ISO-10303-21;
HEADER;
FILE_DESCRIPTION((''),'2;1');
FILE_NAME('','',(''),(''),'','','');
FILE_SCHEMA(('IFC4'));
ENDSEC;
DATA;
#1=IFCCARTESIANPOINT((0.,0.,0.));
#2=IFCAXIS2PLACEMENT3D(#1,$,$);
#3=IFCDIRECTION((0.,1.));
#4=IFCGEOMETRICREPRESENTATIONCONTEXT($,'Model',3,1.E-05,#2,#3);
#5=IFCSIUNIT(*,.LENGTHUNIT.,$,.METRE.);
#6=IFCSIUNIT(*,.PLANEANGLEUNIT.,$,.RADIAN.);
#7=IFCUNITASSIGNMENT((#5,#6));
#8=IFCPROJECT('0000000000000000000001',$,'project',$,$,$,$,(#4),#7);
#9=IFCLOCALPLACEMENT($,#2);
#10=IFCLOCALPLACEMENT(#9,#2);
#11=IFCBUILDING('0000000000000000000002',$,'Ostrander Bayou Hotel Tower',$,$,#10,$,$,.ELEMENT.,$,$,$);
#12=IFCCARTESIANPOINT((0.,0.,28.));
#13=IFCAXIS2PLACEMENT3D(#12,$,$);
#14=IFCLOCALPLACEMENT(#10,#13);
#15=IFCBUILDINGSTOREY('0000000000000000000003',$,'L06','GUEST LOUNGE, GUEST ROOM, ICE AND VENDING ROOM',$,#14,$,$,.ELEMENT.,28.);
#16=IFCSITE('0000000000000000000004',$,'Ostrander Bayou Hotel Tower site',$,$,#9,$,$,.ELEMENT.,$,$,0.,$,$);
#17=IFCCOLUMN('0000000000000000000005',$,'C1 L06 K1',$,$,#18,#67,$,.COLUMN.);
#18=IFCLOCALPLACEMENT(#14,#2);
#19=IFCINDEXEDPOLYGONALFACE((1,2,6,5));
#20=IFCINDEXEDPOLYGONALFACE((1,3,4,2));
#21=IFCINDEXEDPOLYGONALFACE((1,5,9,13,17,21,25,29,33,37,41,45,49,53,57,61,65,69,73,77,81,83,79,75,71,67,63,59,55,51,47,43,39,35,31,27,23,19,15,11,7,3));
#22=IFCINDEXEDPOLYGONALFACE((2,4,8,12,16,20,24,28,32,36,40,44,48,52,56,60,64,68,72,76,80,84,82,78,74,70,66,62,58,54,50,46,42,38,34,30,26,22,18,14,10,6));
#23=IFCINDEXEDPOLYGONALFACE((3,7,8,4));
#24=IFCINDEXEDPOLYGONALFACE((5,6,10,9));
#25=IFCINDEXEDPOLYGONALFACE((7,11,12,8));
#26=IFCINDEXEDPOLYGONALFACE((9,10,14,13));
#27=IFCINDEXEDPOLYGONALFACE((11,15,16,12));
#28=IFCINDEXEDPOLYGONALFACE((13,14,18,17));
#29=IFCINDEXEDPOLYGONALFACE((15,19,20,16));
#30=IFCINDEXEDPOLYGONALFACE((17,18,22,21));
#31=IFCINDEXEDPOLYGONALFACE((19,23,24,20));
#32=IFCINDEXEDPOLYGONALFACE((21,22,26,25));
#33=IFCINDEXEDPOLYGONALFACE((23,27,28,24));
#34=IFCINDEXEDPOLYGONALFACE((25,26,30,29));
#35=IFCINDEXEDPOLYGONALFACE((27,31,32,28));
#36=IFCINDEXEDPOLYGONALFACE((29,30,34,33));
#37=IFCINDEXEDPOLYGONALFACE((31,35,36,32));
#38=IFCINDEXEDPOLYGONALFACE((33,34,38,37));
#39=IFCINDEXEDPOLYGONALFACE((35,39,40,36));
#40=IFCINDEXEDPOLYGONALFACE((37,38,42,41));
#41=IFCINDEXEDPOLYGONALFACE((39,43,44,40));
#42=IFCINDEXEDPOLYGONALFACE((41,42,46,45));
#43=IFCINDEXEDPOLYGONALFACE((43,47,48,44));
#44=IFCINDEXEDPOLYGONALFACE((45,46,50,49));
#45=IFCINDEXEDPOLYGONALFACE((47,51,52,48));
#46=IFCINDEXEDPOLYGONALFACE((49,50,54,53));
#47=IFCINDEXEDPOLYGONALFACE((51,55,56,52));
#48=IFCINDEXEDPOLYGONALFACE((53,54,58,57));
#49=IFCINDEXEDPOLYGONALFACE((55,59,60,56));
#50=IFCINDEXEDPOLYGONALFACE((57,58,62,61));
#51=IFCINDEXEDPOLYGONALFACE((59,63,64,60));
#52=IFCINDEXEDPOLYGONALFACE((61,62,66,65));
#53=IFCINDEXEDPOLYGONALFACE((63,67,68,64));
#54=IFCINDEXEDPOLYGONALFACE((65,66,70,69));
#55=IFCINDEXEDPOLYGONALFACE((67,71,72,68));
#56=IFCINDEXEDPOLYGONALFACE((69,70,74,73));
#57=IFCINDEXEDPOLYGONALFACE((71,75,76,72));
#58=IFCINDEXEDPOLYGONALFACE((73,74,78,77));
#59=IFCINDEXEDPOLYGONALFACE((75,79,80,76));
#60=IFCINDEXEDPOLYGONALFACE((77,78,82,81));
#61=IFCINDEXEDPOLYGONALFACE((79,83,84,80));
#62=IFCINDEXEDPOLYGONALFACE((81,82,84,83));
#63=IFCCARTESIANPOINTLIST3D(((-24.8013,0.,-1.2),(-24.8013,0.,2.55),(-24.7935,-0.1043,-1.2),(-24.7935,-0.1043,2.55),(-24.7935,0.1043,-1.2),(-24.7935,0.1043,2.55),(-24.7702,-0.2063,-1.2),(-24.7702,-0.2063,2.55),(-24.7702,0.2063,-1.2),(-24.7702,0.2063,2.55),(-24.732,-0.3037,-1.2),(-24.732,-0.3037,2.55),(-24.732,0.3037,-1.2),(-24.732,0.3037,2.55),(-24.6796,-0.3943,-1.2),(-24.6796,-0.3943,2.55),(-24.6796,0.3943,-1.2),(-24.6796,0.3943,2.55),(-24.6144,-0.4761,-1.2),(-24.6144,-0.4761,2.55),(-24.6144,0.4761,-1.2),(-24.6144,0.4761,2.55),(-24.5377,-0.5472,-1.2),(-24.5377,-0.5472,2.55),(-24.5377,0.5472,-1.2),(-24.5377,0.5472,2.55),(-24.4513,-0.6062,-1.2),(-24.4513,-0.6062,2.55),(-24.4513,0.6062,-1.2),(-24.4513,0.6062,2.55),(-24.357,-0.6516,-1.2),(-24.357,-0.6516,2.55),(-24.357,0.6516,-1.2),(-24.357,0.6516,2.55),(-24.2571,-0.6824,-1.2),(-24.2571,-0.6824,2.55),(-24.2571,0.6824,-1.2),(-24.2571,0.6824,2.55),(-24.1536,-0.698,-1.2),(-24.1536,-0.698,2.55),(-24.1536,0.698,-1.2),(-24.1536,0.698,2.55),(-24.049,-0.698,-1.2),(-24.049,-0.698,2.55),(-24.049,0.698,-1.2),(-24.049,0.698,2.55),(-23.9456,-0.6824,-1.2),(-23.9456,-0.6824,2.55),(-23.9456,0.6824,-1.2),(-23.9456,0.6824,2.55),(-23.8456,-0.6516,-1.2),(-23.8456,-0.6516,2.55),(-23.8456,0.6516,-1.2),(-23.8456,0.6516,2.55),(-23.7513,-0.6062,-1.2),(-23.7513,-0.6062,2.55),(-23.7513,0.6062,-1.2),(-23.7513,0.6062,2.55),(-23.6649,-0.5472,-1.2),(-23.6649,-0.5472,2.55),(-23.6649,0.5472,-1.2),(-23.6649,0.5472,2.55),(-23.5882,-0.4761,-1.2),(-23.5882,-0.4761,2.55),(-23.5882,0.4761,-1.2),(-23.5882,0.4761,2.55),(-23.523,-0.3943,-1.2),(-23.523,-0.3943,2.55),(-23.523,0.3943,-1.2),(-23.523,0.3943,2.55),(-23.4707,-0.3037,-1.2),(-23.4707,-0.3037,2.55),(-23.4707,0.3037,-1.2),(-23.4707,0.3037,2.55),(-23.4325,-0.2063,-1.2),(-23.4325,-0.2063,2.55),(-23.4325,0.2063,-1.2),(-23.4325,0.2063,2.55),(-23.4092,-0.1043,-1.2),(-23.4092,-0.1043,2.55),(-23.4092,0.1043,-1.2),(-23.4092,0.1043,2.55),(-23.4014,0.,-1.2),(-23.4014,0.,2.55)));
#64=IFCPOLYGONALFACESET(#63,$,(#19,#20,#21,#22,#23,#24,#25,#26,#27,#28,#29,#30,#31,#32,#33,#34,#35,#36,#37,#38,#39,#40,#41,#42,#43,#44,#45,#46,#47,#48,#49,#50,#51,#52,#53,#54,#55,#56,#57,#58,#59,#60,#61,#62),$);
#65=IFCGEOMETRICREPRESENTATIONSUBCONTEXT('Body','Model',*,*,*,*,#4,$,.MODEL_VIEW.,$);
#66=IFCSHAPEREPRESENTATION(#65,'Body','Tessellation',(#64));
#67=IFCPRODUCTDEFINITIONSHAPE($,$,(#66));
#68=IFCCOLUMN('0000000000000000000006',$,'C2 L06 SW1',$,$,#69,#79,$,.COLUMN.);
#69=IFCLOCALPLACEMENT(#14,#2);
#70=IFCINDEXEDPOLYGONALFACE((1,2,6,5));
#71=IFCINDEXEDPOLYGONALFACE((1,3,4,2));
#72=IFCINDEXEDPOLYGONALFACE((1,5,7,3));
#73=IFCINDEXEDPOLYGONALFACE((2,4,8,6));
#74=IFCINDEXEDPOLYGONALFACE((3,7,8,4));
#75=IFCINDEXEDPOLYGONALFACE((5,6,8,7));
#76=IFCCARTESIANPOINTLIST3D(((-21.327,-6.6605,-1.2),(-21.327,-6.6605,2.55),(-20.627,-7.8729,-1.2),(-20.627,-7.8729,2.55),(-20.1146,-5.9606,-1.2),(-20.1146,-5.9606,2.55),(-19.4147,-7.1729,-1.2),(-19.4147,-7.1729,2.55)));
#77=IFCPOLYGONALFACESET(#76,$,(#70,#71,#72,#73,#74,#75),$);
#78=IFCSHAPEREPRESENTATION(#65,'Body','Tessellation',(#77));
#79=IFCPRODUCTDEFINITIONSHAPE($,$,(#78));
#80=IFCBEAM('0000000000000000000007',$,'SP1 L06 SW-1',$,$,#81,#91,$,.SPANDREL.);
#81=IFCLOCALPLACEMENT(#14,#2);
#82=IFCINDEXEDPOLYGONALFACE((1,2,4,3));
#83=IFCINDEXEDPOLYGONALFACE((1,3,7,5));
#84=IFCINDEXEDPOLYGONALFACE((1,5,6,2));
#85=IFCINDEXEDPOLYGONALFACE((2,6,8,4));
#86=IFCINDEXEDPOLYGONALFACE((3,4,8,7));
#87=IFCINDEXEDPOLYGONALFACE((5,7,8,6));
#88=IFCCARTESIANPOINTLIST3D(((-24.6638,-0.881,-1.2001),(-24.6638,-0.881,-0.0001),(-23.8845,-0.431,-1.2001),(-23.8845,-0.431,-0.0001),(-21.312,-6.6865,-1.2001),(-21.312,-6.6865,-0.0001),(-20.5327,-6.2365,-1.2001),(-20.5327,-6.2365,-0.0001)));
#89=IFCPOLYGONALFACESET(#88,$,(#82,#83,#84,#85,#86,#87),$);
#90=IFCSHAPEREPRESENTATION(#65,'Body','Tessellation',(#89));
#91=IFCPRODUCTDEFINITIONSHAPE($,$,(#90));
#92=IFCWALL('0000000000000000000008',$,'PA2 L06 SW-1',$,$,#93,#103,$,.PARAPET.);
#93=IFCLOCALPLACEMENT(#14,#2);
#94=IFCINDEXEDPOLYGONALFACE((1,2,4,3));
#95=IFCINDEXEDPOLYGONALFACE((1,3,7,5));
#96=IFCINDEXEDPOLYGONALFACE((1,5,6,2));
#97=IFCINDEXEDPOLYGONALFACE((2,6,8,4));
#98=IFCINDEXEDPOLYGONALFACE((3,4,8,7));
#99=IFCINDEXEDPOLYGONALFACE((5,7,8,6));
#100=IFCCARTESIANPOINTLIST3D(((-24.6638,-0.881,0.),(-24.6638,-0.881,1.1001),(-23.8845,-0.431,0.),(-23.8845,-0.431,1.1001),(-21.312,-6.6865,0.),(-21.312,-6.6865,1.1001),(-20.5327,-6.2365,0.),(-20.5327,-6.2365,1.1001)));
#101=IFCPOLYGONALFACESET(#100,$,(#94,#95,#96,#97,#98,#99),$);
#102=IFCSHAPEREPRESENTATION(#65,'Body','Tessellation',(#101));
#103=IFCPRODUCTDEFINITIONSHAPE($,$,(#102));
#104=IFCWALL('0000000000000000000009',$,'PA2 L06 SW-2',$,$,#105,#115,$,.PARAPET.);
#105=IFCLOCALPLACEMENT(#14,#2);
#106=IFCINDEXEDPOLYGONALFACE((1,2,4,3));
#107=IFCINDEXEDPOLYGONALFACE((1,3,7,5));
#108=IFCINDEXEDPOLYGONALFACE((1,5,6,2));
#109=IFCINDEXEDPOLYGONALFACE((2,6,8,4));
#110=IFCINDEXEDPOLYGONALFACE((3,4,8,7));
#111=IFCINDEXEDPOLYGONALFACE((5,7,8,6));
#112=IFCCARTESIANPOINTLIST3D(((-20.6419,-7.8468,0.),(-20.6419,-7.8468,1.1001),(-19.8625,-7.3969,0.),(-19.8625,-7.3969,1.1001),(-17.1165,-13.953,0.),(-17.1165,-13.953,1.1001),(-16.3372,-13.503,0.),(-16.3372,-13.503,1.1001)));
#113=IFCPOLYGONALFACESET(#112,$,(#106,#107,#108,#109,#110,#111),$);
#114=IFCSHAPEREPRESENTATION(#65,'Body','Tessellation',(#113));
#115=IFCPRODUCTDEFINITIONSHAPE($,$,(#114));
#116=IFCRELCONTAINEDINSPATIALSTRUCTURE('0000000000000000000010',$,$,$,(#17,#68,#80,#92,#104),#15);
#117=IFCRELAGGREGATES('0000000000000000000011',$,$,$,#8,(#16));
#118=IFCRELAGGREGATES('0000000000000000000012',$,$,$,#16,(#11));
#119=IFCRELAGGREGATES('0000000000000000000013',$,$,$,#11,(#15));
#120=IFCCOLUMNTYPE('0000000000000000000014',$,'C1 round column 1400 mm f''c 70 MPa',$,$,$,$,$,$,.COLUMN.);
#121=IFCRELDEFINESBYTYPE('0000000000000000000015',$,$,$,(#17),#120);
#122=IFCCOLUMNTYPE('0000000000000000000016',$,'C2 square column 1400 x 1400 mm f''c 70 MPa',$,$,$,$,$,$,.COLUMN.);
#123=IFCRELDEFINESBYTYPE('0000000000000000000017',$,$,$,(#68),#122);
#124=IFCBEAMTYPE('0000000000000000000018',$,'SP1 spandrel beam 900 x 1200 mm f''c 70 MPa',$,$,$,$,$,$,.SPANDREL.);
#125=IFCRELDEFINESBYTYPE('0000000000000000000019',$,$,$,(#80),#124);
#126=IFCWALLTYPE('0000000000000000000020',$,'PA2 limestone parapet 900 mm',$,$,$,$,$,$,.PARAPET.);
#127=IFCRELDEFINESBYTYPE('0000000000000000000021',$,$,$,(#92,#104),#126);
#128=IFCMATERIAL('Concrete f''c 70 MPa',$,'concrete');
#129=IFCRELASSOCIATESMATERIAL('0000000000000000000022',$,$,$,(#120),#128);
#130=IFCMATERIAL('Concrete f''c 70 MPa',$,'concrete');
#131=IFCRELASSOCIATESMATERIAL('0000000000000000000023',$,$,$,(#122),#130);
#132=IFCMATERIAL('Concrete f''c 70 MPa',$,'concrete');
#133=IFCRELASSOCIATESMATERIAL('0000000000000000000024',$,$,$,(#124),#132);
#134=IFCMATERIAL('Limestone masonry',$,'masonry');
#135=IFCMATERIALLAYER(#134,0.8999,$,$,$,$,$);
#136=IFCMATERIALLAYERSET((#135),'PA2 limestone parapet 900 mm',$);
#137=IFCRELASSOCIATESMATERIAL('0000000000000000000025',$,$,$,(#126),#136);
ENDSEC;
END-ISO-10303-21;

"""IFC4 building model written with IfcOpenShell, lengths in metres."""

from ifc_helpers import new_model, si_unit, direction, frame, frame_2d, origin, origin_2d, place, context, subcontext, project, spatial, rectangle, circle, extrude, material, layer, layer_set, material_profile, profile_set, type_object, element, save


model = new_model("IFC4")

# Units and contexts
model_context = context("Model", 3, precision=1e-05, world=origin(), true_north=direction((0.0, 1.0)))
body_context = subcontext(model_context, "Body", "Model", "MODEL_VIEW")
ifc_project = project(units=[si_unit("LENGTHUNIT", "METRE"), si_unit("PLANEANGLEUNIT", "RADIAN")], contexts=[model_context])

# Site, building, storey
site_placement = place(None, origin())
site = spatial("IfcSite", under=ifc_project, at=site_placement, Name="Ostrander Bayou Hotel Tower site", CompositionType="ELEMENT", RefElevation=0.0)
building_placement = place(site_placement, origin())
building = spatial("IfcBuilding", under=site, at=building_placement, Name="Ostrander Bayou Hotel Tower", CompositionType="ELEMENT")
storey_placement = place(building_placement, frame((0.0, 0.0, 28.0)))
storey = spatial("IfcBuildingStorey", under=building, at=storey_placement, Name="L06", Description="GUEST LOUNGE, GUEST ROOM, ICE AND VENDING ROOM", CompositionType="ELEMENT", Elevation=28.0)

# Columns
ifc_material_1 = material(Name="Concrete f'c 70 MPa", Category="concrete")
ifc_material_profile_1 = material_profile(ifc_material_1, circle(Radius=0.7, at=origin_2d()))
ifc_profile_set_1 = profile_set([ifc_material_profile_1], Name="Concrete f'c 70 MPa")
column_type_1 = type_object("IfcColumnType", Name="C1 round column 1400 mm f'c 70 MPa", PredefinedType="COLUMN", material=ifc_profile_set_1)
column_1_placement = place(storey_placement, frame((-24.1013, 0.0, -1.2), z_axis=(0.0, 0.0, 1.0), x_axis=(1.0, 0.0, 0.0)))
element("IfcColumn", 1, at=column_1_placement, inside=storey, type_object=column_type_1, Name="C1 L06 K1", PredefinedType="COLUMN", context=body_context, shape_type="SweptSolid", body=[
    extrude(circle(Radius=0.7, at=origin_2d()), origin(), (0.0, 0.0, 1.0), 3.75),
])
ifc_material_2 = material(Name="Concrete f'c 70 MPa", Category="concrete")
ifc_material_profile_2 = material_profile(ifc_material_2, rectangle(XDim=1.3999, YDim=1.3999, at=origin_2d()))
ifc_profile_set_2 = profile_set([ifc_material_profile_2], Name="Concrete f'c 70 MPa")
column_type_2 = type_object("IfcColumnType", Name="C2 square column 1400 x 1400 mm f'c 70 MPa", PredefinedType="COLUMN", material=ifc_profile_set_2)
column_2_placement = place(storey_placement, frame((-20.3708, -6.9167, -1.2), z_axis=(0.0, 0.0, 1.0), x_axis=(-0.5, 0.866025, 0.0)))
element("IfcColumn", 2, at=column_2_placement, inside=storey, type_object=column_type_2, Name="C2 L06 SW1", PredefinedType="COLUMN", context=body_context, shape_type="SweptSolid", body=[
    extrude(rectangle(XDim=1.3999, YDim=1.3999, at=origin_2d()), origin(), (0.0, 0.0, 1.0), 3.75),
])

# Beam
ifc_material_3 = material(Name="Concrete f'c 70 MPa", Category="concrete")
ifc_material_profile_3 = material_profile(ifc_material_3, rectangle(XDim=0.8999, YDim=1.2, at=origin_2d()))
ifc_profile_set_3 = profile_set([ifc_material_profile_3], Name="Concrete f'c 70 MPa")
beam_type = type_object("IfcBeamType", Name="SP1 spandrel beam 900 x 1200 mm f'c 70 MPa", PredefinedType="SPANDREL", material=ifc_profile_set_3)
beam_placement = place(storey_placement, frame((-24.2742, -0.656, -0.6001), z_axis=(0.500005, -0.866022, 0.0), x_axis=(0.866022, 0.500005, 0.0)))
element("IfcBeam", 3, at=beam_placement, inside=storey, type_object=beam_type, Name="SP1 L06 SW-1", PredefinedType="SPANDREL", context=body_context, shape_type="SweptSolid", body=[
    extrude(rectangle(XDim=0.8999, YDim=1.2, at=origin_2d()), origin(), (0.0, 0.0, 1.0), 6.7036),
])

# Walls
ifc_material_4 = material(Name="Limestone masonry", Category="masonry")
ifc_layer_1 = layer(ifc_material_4, 0.8999)
ifc_layer_set_1 = layer_set([ifc_layer_1], Name="PA2 limestone parapet 900 mm")
wall_type_1 = type_object("IfcWallType", Name="PA2 limestone parapet 900 mm", PredefinedType="PARAPET", material=ifc_layer_set_1)
wall_1_placement = place(storey_placement, frame((-24.2742, -0.656, 0.0), z_axis=(0.0, 0.0, 1.0), x_axis=(0.500005, -0.866022, 0.0)))
element("IfcWall", 4, at=wall_1_placement, inside=storey, type_object=wall_type_1, Name="PA2 L06 SW-1", PredefinedType="PARAPET", context=body_context, shape_type="SweptSolid", body=[
    extrude(rectangle(XDim=6.7036, YDim=0.8999, at=frame_2d((3.3518, 0.0))), origin(), (0.0, 0.0, 1.0), 1.1001),
])
wall_2_placement = place(storey_placement, frame((-20.2522, -7.6218, 0.0), z_axis=(0.0, 0.0, 1.0), x_axis=(0.499997, -0.866027, 0.0)))
element("IfcWall", 5, at=wall_2_placement, inside=storey, type_object=wall_type_1, Name="PA2 L06 SW-2", PredefinedType="PARAPET", context=body_context, shape_type="SweptSolid", body=[
    extrude(rectangle(XDim=7.0508, YDim=0.8999, at=frame_2d((3.5254, 0.0))), origin(), (0.0, 0.0, 1.0), 1.1001),
])

save(model, "model.ifc")
